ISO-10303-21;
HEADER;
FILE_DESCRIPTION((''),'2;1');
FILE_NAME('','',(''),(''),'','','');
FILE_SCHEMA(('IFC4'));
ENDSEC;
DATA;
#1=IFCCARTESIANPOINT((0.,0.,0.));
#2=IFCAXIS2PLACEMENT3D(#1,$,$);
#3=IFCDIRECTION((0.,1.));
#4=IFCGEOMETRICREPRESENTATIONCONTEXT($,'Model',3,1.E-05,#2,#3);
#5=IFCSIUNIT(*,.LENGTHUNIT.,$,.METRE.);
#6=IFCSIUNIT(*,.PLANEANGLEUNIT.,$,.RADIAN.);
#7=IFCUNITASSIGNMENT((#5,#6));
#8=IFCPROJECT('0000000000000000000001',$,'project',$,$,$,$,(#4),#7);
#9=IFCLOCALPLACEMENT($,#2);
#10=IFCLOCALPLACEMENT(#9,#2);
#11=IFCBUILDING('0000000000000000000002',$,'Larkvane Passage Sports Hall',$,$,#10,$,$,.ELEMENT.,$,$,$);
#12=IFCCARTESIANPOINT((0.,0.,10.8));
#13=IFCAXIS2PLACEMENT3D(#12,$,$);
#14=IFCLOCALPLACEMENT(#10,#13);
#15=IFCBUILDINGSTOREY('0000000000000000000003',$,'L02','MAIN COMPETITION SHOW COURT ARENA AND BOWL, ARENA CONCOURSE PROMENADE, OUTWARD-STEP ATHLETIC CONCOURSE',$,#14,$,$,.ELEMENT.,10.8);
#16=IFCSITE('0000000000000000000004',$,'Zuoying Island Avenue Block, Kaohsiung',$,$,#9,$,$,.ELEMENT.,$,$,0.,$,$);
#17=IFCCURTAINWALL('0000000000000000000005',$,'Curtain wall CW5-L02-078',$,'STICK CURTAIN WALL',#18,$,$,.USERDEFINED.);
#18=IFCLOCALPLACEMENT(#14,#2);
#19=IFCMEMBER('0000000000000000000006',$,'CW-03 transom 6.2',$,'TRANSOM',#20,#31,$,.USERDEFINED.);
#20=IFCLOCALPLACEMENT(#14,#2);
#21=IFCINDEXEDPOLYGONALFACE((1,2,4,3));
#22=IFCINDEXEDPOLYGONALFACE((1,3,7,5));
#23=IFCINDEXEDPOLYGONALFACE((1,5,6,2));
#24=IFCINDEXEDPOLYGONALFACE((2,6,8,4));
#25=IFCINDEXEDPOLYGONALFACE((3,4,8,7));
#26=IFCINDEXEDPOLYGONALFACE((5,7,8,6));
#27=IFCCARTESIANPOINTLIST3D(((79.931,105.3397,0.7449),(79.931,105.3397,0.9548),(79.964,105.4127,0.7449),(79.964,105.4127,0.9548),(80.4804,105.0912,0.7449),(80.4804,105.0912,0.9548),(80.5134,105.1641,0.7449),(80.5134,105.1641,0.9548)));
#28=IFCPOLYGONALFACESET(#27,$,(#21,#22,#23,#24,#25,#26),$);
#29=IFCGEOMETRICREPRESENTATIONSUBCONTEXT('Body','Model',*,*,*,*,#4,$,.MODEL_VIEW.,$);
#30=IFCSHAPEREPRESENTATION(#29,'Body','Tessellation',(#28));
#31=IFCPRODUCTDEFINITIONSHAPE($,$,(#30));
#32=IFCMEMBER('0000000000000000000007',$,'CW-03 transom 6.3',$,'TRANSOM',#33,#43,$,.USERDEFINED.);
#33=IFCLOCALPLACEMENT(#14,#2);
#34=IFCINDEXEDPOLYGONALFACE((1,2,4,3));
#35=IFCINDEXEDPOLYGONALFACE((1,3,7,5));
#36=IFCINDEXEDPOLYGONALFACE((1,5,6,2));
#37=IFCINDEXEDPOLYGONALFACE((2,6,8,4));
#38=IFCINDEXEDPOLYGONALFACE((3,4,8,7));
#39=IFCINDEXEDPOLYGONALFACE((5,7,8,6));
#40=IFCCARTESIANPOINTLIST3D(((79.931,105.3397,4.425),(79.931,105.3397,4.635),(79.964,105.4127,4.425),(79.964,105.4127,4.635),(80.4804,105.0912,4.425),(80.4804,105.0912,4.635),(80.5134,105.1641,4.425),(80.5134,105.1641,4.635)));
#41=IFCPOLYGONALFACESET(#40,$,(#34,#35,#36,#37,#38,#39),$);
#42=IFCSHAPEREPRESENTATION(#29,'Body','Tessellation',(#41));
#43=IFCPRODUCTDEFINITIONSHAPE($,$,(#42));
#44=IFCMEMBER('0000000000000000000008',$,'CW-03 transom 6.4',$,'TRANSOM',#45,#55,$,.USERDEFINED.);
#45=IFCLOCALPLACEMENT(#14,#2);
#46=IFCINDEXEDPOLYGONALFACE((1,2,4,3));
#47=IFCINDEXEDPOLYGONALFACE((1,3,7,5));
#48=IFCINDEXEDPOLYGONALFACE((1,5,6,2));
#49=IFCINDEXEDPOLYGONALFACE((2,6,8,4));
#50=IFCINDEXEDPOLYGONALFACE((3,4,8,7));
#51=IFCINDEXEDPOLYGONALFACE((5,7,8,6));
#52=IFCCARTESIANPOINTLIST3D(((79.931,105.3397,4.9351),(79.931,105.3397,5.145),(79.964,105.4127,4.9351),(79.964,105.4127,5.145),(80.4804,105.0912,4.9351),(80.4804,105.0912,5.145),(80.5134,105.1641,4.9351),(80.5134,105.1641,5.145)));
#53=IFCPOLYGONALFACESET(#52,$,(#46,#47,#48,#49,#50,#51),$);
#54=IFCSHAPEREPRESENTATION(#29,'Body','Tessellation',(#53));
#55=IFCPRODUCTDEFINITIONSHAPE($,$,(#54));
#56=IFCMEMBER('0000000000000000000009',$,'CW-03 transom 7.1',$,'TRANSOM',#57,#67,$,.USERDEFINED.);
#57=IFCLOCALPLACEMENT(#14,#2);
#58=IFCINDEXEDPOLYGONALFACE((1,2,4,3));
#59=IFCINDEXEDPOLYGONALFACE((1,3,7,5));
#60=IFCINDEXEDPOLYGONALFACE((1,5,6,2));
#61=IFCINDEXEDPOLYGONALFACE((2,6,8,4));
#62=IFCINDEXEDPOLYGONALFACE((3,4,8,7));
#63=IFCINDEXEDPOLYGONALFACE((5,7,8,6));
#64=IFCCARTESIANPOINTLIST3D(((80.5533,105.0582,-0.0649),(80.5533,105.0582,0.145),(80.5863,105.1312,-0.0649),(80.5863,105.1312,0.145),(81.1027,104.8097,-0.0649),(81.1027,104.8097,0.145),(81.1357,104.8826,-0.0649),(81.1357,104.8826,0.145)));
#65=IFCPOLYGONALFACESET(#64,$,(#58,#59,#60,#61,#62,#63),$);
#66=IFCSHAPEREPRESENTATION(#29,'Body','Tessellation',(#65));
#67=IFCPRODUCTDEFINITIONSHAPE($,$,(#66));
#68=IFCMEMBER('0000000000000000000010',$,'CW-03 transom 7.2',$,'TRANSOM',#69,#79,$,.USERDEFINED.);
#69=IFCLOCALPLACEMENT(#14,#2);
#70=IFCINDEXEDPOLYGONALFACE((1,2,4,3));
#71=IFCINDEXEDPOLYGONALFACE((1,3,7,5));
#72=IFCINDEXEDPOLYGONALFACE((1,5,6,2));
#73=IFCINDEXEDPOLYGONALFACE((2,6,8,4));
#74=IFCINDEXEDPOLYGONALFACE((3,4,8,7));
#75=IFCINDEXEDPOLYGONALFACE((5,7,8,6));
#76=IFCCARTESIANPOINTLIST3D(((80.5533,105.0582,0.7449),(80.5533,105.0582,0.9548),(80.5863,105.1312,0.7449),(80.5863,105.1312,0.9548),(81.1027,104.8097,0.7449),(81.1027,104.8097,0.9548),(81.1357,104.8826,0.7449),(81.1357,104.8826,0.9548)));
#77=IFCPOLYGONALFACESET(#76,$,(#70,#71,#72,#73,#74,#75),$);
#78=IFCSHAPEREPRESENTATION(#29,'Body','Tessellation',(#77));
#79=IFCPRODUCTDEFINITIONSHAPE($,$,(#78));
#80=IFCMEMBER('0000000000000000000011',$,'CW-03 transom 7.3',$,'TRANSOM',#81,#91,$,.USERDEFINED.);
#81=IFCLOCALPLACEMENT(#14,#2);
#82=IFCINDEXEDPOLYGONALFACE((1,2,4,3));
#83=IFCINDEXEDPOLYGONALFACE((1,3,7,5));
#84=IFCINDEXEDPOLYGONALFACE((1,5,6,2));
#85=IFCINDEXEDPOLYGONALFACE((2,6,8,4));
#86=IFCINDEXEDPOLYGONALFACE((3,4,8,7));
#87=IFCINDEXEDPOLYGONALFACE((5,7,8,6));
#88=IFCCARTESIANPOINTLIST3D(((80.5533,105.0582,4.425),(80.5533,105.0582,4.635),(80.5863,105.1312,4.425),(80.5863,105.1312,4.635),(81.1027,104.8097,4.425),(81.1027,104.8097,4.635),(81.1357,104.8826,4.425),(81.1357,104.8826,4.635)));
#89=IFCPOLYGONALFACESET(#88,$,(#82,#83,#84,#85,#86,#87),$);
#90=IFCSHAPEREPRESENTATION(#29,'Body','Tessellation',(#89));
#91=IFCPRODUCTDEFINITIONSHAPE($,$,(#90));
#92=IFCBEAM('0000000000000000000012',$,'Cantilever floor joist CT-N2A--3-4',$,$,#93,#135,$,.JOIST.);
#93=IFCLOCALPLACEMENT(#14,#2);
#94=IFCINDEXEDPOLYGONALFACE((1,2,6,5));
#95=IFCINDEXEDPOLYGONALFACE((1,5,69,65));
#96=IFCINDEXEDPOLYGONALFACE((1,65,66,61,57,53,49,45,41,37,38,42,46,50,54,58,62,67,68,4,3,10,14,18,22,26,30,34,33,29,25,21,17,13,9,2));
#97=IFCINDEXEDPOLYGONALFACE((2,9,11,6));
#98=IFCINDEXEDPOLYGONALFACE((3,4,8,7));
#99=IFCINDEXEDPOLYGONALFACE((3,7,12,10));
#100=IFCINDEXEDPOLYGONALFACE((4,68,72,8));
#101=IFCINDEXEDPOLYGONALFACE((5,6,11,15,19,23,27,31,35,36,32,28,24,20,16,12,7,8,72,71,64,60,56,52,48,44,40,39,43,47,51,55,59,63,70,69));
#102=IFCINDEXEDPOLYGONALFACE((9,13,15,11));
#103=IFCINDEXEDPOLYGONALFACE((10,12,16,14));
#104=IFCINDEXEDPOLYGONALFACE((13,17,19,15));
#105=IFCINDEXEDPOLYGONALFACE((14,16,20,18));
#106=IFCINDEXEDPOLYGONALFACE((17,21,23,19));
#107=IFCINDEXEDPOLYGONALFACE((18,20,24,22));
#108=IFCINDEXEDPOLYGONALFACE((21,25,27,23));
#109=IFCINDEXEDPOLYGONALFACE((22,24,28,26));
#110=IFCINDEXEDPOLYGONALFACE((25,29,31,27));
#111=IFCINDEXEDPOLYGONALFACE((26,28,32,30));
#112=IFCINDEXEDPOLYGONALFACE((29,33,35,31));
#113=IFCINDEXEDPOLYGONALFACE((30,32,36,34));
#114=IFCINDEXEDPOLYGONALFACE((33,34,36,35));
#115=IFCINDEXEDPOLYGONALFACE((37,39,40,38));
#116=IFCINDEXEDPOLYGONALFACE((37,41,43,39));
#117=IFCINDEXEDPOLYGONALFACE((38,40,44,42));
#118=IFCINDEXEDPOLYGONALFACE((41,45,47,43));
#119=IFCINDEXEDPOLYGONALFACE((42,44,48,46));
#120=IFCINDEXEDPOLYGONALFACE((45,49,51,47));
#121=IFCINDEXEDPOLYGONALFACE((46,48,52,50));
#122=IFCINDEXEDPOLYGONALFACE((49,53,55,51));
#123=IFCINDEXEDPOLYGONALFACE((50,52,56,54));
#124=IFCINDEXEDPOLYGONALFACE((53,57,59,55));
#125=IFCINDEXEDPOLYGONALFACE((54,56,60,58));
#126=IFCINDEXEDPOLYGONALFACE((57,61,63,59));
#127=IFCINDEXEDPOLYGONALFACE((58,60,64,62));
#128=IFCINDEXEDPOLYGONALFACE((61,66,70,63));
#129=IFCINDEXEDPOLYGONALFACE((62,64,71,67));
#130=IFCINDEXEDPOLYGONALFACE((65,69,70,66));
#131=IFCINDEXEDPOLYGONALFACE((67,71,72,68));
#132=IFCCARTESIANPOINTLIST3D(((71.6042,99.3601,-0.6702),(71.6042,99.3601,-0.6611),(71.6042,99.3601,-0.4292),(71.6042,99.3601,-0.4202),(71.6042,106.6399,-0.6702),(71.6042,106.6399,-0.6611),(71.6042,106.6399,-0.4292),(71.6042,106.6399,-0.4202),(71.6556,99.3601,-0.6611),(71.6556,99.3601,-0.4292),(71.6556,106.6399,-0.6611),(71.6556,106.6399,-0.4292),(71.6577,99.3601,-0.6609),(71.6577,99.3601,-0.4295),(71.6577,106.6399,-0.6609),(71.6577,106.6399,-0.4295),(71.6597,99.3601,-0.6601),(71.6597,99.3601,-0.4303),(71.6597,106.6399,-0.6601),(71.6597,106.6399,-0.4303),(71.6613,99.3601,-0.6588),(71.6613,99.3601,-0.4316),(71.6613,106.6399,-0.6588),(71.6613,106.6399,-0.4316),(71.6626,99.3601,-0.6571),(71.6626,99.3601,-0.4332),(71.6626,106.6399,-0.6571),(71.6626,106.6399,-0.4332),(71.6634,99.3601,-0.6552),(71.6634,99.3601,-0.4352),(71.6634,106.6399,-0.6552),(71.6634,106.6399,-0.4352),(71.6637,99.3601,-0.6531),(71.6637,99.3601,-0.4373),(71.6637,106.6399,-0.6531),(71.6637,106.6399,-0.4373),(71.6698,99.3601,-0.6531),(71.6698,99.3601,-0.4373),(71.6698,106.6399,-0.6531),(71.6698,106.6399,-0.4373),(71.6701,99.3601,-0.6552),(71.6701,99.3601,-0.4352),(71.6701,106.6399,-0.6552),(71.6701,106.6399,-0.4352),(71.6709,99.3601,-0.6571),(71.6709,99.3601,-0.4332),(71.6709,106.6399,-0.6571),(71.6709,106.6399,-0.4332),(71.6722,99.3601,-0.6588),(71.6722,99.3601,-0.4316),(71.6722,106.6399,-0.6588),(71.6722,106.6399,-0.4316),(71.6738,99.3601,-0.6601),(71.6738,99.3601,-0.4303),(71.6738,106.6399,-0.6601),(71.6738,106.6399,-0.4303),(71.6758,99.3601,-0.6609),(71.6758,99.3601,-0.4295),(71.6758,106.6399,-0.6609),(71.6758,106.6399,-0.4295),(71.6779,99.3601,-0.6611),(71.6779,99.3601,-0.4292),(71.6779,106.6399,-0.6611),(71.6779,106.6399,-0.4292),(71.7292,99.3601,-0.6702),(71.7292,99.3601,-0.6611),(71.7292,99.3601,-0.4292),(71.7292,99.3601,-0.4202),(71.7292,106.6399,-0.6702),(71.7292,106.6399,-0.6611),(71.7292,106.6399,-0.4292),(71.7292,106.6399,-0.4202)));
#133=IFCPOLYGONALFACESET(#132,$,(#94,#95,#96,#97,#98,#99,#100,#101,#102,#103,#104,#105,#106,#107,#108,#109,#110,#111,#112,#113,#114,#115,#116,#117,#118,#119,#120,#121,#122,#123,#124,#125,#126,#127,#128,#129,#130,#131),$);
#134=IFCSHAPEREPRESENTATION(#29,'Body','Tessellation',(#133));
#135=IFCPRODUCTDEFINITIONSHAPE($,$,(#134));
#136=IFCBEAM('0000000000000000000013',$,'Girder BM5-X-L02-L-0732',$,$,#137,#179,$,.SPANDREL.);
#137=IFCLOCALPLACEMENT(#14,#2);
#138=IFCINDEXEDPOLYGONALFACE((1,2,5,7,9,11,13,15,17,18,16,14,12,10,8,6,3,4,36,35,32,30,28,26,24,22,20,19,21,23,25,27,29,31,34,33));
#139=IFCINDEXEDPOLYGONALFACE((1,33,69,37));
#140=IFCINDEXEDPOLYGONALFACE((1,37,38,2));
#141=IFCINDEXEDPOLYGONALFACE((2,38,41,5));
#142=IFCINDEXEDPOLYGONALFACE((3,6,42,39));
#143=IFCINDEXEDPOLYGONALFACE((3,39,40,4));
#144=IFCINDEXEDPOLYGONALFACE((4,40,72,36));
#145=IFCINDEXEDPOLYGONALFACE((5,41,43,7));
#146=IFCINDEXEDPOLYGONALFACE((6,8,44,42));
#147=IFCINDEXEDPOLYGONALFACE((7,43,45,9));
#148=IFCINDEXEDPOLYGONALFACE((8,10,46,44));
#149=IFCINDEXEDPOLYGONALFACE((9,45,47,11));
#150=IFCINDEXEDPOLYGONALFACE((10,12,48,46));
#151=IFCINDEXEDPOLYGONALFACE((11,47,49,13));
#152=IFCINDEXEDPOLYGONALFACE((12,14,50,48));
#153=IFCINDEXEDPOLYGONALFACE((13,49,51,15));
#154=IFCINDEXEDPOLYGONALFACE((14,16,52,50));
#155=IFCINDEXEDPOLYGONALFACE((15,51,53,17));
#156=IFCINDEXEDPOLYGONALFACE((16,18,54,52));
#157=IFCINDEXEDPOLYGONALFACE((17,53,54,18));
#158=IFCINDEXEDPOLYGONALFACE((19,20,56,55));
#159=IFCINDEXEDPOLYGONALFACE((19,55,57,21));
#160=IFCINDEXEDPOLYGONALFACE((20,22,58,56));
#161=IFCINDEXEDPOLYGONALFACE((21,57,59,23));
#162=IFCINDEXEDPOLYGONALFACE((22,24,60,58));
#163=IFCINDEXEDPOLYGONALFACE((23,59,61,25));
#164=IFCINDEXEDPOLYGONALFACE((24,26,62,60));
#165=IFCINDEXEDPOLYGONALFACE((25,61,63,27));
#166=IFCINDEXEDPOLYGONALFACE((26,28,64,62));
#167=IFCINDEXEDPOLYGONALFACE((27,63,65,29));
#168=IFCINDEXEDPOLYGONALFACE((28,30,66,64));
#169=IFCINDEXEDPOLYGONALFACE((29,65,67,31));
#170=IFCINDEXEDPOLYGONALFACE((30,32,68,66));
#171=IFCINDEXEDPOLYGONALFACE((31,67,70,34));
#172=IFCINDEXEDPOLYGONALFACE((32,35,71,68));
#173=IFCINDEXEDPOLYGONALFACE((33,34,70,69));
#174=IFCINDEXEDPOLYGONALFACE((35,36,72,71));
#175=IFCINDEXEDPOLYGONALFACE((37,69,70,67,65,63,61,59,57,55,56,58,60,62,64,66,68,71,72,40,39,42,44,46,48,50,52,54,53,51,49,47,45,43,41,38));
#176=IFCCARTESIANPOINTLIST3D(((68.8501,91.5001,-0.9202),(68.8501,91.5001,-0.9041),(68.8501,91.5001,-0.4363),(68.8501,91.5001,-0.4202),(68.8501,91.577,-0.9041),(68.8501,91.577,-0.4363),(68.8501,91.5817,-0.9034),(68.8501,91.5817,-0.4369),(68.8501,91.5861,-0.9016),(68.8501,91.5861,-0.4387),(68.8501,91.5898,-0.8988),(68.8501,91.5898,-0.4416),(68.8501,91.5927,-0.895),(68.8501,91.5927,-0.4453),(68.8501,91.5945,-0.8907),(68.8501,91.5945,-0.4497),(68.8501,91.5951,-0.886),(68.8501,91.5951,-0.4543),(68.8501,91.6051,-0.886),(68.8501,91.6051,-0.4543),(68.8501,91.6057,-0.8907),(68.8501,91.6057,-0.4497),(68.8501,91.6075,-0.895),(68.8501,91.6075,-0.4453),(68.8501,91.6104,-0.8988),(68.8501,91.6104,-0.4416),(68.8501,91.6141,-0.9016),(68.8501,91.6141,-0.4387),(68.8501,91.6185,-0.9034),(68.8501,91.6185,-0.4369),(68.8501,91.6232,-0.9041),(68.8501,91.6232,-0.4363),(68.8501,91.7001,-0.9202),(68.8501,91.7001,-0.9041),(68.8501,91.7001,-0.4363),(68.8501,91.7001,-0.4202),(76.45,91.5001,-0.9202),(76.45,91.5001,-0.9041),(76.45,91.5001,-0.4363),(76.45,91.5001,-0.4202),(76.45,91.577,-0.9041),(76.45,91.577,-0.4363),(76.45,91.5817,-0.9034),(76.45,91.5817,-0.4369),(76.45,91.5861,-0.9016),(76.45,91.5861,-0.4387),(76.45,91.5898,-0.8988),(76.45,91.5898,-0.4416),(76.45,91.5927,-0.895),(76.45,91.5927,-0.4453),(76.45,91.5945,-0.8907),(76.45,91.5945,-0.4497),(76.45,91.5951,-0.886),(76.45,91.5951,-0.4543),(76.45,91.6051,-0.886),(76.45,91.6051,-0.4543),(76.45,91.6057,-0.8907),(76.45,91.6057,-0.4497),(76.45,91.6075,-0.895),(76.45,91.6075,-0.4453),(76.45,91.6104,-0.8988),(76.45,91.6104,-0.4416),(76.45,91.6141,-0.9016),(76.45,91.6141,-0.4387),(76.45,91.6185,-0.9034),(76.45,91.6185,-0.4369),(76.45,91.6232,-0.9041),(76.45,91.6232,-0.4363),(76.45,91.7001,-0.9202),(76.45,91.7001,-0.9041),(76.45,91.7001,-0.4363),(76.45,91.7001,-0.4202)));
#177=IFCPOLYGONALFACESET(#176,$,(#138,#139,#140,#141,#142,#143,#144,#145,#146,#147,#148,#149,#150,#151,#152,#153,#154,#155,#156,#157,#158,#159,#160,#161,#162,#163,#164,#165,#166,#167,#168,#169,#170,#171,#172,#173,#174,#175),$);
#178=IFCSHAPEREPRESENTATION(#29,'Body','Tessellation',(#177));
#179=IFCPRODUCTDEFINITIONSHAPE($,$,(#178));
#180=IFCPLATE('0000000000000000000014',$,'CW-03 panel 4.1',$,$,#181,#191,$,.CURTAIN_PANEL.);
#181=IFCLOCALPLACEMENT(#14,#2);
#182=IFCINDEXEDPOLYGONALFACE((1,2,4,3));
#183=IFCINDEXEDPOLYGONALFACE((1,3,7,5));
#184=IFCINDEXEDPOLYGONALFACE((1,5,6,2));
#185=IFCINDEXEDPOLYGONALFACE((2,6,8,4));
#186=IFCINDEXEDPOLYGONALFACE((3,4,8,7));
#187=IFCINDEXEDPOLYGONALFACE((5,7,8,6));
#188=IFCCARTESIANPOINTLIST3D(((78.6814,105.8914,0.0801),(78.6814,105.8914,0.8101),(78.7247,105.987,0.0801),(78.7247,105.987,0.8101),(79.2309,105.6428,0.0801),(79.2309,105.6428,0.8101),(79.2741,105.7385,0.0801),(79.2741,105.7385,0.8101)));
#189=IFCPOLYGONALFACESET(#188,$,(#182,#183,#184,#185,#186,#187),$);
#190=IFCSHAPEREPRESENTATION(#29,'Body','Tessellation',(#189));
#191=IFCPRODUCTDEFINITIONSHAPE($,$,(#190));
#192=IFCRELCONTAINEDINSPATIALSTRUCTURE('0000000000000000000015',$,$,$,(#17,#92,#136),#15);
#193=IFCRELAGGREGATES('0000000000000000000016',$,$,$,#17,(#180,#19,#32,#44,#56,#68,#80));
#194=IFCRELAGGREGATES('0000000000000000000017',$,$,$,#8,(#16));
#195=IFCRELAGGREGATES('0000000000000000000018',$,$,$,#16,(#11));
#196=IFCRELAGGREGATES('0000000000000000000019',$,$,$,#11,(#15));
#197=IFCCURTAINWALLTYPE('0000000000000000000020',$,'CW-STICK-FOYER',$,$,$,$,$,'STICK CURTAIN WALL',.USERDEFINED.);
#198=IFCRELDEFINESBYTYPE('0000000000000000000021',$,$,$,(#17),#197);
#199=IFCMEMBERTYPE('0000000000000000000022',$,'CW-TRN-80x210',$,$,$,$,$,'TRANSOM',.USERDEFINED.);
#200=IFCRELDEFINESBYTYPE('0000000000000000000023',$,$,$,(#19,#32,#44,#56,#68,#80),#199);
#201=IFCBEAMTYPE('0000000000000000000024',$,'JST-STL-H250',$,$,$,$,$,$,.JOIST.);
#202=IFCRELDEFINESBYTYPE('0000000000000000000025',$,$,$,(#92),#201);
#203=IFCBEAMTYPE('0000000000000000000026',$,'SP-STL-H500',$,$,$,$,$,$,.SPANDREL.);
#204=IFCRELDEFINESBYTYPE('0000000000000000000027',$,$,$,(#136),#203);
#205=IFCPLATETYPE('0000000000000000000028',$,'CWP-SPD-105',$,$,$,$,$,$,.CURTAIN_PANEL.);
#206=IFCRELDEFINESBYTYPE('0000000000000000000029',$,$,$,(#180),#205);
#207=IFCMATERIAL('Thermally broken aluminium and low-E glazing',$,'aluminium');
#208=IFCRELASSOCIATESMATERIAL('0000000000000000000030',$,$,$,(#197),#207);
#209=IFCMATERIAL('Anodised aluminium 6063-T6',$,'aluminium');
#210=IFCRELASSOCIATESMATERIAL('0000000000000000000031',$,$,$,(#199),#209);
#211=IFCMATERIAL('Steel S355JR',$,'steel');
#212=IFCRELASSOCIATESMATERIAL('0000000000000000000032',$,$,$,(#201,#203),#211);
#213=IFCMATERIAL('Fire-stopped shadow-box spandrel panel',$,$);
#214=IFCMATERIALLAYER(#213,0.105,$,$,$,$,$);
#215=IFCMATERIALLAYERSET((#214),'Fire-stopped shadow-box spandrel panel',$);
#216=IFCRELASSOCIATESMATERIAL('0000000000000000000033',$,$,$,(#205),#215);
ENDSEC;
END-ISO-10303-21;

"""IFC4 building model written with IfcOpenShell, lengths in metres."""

from ifc_helpers import new_model, si_unit, direction, frame, origin, origin_2d, place, context, subcontext, project, spatial, rectangle, i_section, extrude, material, layer, layer_set, material_profile, profile_set, type_object, element, aggregate, save


model = new_model("IFC4")

# Units and contexts
model_context = context("Model", 3, precision=1e-05, world=origin(), true_north=direction((0.0, 1.0)))
body_context = subcontext(model_context, "Body", "Model", "MODEL_VIEW")
ifc_project = project(units=[si_unit("LENGTHUNIT", "METRE"), si_unit("PLANEANGLEUNIT", "RADIAN")], contexts=[model_context])

# Site, building, storey
site_placement = place(None, origin())
site = spatial("IfcSite", under=ifc_project, at=site_placement, Name="Zuoying Island Avenue Block, Kaohsiung", CompositionType="ELEMENT", RefElevation=0.0)
building_placement = place(site_placement, origin())
building = spatial("IfcBuilding", under=site, at=building_placement, Name="Larkvane Passage Sports Hall", CompositionType="ELEMENT")
storey_placement = place(building_placement, frame((0.0, 0.0, 10.8)))
storey = spatial("IfcBuildingStorey", under=building, at=storey_placement, Name="L02", Description="MAIN COMPETITION SHOW COURT ARENA AND BOWL, ARENA CONCOURSE PROMENADE, OUTWARD-STEP ATHLETIC CONCOURSE", CompositionType="ELEMENT", Elevation=10.8)

# Curtain wall, members
ifc_material_1 = material(Name="Thermally broken aluminium and low-E glazing", Category="aluminium")
curtain_wall_type = type_object("IfcCurtainWallType", Name="CW-STICK-FOYER", ElementType="STICK CURTAIN WALL", PredefinedType="USERDEFINED", material=ifc_material_1)
curtain_wall_placement = place(storey_placement, origin())
curtain_wall = element("IfcCurtainWall", 1, at=curtain_wall_placement, inside=storey, type_object=curtain_wall_type, Name="Curtain wall CW5-L02-078", ObjectType="STICK CURTAIN WALL", PredefinedType="USERDEFINED")
ifc_material_2 = material(Name="Anodised aluminium 6063-T6", Category="aluminium")
ifc_material_profile_1 = material_profile(ifc_material_2, rectangle(XDim=0.0801, YDim=0.21, at=origin_2d()), Name="ALU-TRN-80x210")
ifc_profile_set_1 = profile_set([ifc_material_profile_1], Name="Anodised aluminium 6063-T6")
member_type_1 = type_object("IfcMemberType", Name="CW-TRN-80x210", ElementType="TRANSOM", PredefinedType="USERDEFINED", material=ifc_profile_set_1)
member_1_placement = place(storey_placement, frame((79.9475, 105.3762, 0.8499), z_axis=(0.911086, -0.412216, 0.0), x_axis=(0.412216, 0.911086, 0.0)))
member_1 = element("IfcMember", 2, at=member_1_placement, type_object=member_type_1, Name="CW-03 transom 6.2", ObjectType="TRANSOM", PredefinedType="USERDEFINED", context=body_context, shape_type="SweptSolid", body=[
    extrude(rectangle(XDim=0.0801, YDim=0.21, at=origin_2d()), origin(), (0.0, 0.0, 1.0), 0.603),
])
member_2_placement = place(storey_placement, frame((79.9475, 105.3762, 4.53), z_axis=(0.911086, -0.412216, 0.0), x_axis=(0.412216, 0.911086, 0.0)))
member_2 = element("IfcMember", 3, at=member_2_placement, type_object=member_type_1, Name="CW-03 transom 6.3", ObjectType="TRANSOM", PredefinedType="USERDEFINED", context=body_context, shape_type="SweptSolid", body=[
    extrude(rectangle(XDim=0.0801, YDim=0.21, at=origin_2d()), origin(), (0.0, 0.0, 1.0), 0.603),
])
member_3_placement = place(storey_placement, frame((79.9475, 105.3762, 5.04), z_axis=(0.911086, -0.412216, 0.0), x_axis=(0.412216, 0.911086, 0.0)))
member_3 = element("IfcMember", 4, at=member_3_placement, type_object=member_type_1, Name="CW-03 transom 6.4", ObjectType="TRANSOM", PredefinedType="USERDEFINED", context=body_context, shape_type="SweptSolid", body=[
    extrude(rectangle(XDim=0.0801, YDim=0.21, at=origin_2d()), origin(), (0.0, 0.0, 1.0), 0.603),
])
member_4_placement = place(storey_placement, frame((80.5698, 105.0947, 0.04), z_axis=(0.911086, -0.412216, 0.0), x_axis=(0.412216, 0.911086, 0.0)))
member_4 = element("IfcMember", 5, at=member_4_placement, type_object=member_type_1, Name="CW-03 transom 7.1", ObjectType="TRANSOM", PredefinedType="USERDEFINED", context=body_context, shape_type="SweptSolid", body=[
    extrude(rectangle(XDim=0.0801, YDim=0.21, at=origin_2d()), origin(), (0.0, 0.0, 1.0), 0.603),
])
member_5_placement = place(storey_placement, frame((80.5698, 105.0947, 0.8499), z_axis=(0.911086, -0.412216, 0.0), x_axis=(0.412216, 0.911086, 0.0)))
member_5 = element("IfcMember", 6, at=member_5_placement, type_object=member_type_1, Name="CW-03 transom 7.2", ObjectType="TRANSOM", PredefinedType="USERDEFINED", context=body_context, shape_type="SweptSolid", body=[
    extrude(rectangle(XDim=0.0801, YDim=0.21, at=origin_2d()), origin(), (0.0, 0.0, 1.0), 0.603),
])
member_6_placement = place(storey_placement, frame((80.5698, 105.0947, 4.53), z_axis=(0.911086, -0.412216, 0.0), x_axis=(0.412216, 0.911086, 0.0)))
member_6 = element("IfcMember", 7, at=member_6_placement, type_object=member_type_1, Name="CW-03 transom 7.3", ObjectType="TRANSOM", PredefinedType="USERDEFINED", context=body_context, shape_type="SweptSolid", body=[
    extrude(rectangle(XDim=0.0801, YDim=0.21, at=origin_2d()), origin(), (0.0, 0.0, 1.0), 0.603),
])

# Beams
ifc_material_3 = material(Name="Steel S355JR", Category="steel")
ifc_material_profile_2 = material_profile(ifc_material_3, i_section(OverallWidth=0.125, OverallDepth=0.25, WebThickness=0.0061, FlangeThickness=0.009, FilletRadius=0.0081, at=origin_2d()), Name="H-250x125x6x9")
ifc_profile_set_2 = profile_set([ifc_material_profile_2], Name="Steel S355JR")
beam_type_1 = type_object("IfcBeamType", Name="JST-STL-H250", PredefinedType="JOIST", material=ifc_profile_set_2)
beam_1_placement = place(storey_placement, frame((71.6667, 99.3601, -0.5452), z_axis=(0.0, 1.0, 0.0), x_axis=(-1.0, 0.0, 0.0)))
element("IfcBeam", 8, at=beam_1_placement, inside=storey, type_object=beam_type_1, Name="Cantilever floor joist CT-N2A--3-4", PredefinedType="JOIST", context=body_context, shape_type="SweptSolid", body=[
    extrude(i_section(OverallWidth=0.125, OverallDepth=0.25, WebThickness=0.0061, FlangeThickness=0.009, FilletRadius=0.0081, at=origin_2d()), origin(), (0.0, 0.0, 1.0), 7.2798),
])
ifc_material_profile_3 = material_profile(ifc_material_3, i_section(OverallWidth=0.2, OverallDepth=0.5, WebThickness=0.01, FlangeThickness=0.0161, FilletRadius=0.0181, at=origin_2d()), Name="H-500x200x10x16")
ifc_profile_set_3 = profile_set([ifc_material_profile_3], Name="Steel S355JR")
beam_type_2 = type_object("IfcBeamType", Name="SP-STL-H500", PredefinedType="SPANDREL", material=ifc_profile_set_3)
beam_2_placement = place(storey_placement, frame((68.8501, 91.6001, -0.6702), z_axis=(1.0, 0.0, 0.0), x_axis=(0.0, 1.0, 0.0)))
element("IfcBeam", 9, at=beam_2_placement, inside=storey, type_object=beam_type_2, Name="Girder BM5-X-L02-L-0732", PredefinedType="SPANDREL", context=body_context, shape_type="SweptSolid", body=[
    extrude(i_section(OverallWidth=0.2, OverallDepth=0.5, WebThickness=0.01, FlangeThickness=0.0161, FilletRadius=0.0181, at=origin_2d()), origin(), (0.0, 0.0, 1.0), 7.5999),
])

# Plate
ifc_material_4 = material(Name="Fire-stopped shadow-box spandrel panel")
ifc_layer_1 = layer(ifc_material_4, 0.105)
ifc_layer_set_1 = layer_set([ifc_layer_1], Name="Fire-stopped shadow-box spandrel panel")
plate_type_1 = type_object("IfcPlateType", Name="CWP-SPD-105", PredefinedType="CURTAIN_PANEL", material=ifc_layer_set_1)
plate_1_placement = place(storey_placement, frame((78.9778, 105.8149, 0.0801), z_axis=(0.0, 0.0, 1.0), x_axis=(0.91111, -0.412163, 0.0)))
plate_1 = element("IfcPlate", 10, at=plate_1_placement, type_object=plate_type_1, Name="CW-03 panel 4.1", PredefinedType="CURTAIN_PANEL", context=body_context, shape_type="SweptSolid", body=[
    extrude(rectangle(XDim=0.603, YDim=0.105, at=origin_2d()), origin(), (0.0, 0.0, 1.0), 0.73),
])
aggregate(curtain_wall, [plate_1, member_1, member_2, member_3, member_4, member_5, member_6])

save(model, "model.ifc")
